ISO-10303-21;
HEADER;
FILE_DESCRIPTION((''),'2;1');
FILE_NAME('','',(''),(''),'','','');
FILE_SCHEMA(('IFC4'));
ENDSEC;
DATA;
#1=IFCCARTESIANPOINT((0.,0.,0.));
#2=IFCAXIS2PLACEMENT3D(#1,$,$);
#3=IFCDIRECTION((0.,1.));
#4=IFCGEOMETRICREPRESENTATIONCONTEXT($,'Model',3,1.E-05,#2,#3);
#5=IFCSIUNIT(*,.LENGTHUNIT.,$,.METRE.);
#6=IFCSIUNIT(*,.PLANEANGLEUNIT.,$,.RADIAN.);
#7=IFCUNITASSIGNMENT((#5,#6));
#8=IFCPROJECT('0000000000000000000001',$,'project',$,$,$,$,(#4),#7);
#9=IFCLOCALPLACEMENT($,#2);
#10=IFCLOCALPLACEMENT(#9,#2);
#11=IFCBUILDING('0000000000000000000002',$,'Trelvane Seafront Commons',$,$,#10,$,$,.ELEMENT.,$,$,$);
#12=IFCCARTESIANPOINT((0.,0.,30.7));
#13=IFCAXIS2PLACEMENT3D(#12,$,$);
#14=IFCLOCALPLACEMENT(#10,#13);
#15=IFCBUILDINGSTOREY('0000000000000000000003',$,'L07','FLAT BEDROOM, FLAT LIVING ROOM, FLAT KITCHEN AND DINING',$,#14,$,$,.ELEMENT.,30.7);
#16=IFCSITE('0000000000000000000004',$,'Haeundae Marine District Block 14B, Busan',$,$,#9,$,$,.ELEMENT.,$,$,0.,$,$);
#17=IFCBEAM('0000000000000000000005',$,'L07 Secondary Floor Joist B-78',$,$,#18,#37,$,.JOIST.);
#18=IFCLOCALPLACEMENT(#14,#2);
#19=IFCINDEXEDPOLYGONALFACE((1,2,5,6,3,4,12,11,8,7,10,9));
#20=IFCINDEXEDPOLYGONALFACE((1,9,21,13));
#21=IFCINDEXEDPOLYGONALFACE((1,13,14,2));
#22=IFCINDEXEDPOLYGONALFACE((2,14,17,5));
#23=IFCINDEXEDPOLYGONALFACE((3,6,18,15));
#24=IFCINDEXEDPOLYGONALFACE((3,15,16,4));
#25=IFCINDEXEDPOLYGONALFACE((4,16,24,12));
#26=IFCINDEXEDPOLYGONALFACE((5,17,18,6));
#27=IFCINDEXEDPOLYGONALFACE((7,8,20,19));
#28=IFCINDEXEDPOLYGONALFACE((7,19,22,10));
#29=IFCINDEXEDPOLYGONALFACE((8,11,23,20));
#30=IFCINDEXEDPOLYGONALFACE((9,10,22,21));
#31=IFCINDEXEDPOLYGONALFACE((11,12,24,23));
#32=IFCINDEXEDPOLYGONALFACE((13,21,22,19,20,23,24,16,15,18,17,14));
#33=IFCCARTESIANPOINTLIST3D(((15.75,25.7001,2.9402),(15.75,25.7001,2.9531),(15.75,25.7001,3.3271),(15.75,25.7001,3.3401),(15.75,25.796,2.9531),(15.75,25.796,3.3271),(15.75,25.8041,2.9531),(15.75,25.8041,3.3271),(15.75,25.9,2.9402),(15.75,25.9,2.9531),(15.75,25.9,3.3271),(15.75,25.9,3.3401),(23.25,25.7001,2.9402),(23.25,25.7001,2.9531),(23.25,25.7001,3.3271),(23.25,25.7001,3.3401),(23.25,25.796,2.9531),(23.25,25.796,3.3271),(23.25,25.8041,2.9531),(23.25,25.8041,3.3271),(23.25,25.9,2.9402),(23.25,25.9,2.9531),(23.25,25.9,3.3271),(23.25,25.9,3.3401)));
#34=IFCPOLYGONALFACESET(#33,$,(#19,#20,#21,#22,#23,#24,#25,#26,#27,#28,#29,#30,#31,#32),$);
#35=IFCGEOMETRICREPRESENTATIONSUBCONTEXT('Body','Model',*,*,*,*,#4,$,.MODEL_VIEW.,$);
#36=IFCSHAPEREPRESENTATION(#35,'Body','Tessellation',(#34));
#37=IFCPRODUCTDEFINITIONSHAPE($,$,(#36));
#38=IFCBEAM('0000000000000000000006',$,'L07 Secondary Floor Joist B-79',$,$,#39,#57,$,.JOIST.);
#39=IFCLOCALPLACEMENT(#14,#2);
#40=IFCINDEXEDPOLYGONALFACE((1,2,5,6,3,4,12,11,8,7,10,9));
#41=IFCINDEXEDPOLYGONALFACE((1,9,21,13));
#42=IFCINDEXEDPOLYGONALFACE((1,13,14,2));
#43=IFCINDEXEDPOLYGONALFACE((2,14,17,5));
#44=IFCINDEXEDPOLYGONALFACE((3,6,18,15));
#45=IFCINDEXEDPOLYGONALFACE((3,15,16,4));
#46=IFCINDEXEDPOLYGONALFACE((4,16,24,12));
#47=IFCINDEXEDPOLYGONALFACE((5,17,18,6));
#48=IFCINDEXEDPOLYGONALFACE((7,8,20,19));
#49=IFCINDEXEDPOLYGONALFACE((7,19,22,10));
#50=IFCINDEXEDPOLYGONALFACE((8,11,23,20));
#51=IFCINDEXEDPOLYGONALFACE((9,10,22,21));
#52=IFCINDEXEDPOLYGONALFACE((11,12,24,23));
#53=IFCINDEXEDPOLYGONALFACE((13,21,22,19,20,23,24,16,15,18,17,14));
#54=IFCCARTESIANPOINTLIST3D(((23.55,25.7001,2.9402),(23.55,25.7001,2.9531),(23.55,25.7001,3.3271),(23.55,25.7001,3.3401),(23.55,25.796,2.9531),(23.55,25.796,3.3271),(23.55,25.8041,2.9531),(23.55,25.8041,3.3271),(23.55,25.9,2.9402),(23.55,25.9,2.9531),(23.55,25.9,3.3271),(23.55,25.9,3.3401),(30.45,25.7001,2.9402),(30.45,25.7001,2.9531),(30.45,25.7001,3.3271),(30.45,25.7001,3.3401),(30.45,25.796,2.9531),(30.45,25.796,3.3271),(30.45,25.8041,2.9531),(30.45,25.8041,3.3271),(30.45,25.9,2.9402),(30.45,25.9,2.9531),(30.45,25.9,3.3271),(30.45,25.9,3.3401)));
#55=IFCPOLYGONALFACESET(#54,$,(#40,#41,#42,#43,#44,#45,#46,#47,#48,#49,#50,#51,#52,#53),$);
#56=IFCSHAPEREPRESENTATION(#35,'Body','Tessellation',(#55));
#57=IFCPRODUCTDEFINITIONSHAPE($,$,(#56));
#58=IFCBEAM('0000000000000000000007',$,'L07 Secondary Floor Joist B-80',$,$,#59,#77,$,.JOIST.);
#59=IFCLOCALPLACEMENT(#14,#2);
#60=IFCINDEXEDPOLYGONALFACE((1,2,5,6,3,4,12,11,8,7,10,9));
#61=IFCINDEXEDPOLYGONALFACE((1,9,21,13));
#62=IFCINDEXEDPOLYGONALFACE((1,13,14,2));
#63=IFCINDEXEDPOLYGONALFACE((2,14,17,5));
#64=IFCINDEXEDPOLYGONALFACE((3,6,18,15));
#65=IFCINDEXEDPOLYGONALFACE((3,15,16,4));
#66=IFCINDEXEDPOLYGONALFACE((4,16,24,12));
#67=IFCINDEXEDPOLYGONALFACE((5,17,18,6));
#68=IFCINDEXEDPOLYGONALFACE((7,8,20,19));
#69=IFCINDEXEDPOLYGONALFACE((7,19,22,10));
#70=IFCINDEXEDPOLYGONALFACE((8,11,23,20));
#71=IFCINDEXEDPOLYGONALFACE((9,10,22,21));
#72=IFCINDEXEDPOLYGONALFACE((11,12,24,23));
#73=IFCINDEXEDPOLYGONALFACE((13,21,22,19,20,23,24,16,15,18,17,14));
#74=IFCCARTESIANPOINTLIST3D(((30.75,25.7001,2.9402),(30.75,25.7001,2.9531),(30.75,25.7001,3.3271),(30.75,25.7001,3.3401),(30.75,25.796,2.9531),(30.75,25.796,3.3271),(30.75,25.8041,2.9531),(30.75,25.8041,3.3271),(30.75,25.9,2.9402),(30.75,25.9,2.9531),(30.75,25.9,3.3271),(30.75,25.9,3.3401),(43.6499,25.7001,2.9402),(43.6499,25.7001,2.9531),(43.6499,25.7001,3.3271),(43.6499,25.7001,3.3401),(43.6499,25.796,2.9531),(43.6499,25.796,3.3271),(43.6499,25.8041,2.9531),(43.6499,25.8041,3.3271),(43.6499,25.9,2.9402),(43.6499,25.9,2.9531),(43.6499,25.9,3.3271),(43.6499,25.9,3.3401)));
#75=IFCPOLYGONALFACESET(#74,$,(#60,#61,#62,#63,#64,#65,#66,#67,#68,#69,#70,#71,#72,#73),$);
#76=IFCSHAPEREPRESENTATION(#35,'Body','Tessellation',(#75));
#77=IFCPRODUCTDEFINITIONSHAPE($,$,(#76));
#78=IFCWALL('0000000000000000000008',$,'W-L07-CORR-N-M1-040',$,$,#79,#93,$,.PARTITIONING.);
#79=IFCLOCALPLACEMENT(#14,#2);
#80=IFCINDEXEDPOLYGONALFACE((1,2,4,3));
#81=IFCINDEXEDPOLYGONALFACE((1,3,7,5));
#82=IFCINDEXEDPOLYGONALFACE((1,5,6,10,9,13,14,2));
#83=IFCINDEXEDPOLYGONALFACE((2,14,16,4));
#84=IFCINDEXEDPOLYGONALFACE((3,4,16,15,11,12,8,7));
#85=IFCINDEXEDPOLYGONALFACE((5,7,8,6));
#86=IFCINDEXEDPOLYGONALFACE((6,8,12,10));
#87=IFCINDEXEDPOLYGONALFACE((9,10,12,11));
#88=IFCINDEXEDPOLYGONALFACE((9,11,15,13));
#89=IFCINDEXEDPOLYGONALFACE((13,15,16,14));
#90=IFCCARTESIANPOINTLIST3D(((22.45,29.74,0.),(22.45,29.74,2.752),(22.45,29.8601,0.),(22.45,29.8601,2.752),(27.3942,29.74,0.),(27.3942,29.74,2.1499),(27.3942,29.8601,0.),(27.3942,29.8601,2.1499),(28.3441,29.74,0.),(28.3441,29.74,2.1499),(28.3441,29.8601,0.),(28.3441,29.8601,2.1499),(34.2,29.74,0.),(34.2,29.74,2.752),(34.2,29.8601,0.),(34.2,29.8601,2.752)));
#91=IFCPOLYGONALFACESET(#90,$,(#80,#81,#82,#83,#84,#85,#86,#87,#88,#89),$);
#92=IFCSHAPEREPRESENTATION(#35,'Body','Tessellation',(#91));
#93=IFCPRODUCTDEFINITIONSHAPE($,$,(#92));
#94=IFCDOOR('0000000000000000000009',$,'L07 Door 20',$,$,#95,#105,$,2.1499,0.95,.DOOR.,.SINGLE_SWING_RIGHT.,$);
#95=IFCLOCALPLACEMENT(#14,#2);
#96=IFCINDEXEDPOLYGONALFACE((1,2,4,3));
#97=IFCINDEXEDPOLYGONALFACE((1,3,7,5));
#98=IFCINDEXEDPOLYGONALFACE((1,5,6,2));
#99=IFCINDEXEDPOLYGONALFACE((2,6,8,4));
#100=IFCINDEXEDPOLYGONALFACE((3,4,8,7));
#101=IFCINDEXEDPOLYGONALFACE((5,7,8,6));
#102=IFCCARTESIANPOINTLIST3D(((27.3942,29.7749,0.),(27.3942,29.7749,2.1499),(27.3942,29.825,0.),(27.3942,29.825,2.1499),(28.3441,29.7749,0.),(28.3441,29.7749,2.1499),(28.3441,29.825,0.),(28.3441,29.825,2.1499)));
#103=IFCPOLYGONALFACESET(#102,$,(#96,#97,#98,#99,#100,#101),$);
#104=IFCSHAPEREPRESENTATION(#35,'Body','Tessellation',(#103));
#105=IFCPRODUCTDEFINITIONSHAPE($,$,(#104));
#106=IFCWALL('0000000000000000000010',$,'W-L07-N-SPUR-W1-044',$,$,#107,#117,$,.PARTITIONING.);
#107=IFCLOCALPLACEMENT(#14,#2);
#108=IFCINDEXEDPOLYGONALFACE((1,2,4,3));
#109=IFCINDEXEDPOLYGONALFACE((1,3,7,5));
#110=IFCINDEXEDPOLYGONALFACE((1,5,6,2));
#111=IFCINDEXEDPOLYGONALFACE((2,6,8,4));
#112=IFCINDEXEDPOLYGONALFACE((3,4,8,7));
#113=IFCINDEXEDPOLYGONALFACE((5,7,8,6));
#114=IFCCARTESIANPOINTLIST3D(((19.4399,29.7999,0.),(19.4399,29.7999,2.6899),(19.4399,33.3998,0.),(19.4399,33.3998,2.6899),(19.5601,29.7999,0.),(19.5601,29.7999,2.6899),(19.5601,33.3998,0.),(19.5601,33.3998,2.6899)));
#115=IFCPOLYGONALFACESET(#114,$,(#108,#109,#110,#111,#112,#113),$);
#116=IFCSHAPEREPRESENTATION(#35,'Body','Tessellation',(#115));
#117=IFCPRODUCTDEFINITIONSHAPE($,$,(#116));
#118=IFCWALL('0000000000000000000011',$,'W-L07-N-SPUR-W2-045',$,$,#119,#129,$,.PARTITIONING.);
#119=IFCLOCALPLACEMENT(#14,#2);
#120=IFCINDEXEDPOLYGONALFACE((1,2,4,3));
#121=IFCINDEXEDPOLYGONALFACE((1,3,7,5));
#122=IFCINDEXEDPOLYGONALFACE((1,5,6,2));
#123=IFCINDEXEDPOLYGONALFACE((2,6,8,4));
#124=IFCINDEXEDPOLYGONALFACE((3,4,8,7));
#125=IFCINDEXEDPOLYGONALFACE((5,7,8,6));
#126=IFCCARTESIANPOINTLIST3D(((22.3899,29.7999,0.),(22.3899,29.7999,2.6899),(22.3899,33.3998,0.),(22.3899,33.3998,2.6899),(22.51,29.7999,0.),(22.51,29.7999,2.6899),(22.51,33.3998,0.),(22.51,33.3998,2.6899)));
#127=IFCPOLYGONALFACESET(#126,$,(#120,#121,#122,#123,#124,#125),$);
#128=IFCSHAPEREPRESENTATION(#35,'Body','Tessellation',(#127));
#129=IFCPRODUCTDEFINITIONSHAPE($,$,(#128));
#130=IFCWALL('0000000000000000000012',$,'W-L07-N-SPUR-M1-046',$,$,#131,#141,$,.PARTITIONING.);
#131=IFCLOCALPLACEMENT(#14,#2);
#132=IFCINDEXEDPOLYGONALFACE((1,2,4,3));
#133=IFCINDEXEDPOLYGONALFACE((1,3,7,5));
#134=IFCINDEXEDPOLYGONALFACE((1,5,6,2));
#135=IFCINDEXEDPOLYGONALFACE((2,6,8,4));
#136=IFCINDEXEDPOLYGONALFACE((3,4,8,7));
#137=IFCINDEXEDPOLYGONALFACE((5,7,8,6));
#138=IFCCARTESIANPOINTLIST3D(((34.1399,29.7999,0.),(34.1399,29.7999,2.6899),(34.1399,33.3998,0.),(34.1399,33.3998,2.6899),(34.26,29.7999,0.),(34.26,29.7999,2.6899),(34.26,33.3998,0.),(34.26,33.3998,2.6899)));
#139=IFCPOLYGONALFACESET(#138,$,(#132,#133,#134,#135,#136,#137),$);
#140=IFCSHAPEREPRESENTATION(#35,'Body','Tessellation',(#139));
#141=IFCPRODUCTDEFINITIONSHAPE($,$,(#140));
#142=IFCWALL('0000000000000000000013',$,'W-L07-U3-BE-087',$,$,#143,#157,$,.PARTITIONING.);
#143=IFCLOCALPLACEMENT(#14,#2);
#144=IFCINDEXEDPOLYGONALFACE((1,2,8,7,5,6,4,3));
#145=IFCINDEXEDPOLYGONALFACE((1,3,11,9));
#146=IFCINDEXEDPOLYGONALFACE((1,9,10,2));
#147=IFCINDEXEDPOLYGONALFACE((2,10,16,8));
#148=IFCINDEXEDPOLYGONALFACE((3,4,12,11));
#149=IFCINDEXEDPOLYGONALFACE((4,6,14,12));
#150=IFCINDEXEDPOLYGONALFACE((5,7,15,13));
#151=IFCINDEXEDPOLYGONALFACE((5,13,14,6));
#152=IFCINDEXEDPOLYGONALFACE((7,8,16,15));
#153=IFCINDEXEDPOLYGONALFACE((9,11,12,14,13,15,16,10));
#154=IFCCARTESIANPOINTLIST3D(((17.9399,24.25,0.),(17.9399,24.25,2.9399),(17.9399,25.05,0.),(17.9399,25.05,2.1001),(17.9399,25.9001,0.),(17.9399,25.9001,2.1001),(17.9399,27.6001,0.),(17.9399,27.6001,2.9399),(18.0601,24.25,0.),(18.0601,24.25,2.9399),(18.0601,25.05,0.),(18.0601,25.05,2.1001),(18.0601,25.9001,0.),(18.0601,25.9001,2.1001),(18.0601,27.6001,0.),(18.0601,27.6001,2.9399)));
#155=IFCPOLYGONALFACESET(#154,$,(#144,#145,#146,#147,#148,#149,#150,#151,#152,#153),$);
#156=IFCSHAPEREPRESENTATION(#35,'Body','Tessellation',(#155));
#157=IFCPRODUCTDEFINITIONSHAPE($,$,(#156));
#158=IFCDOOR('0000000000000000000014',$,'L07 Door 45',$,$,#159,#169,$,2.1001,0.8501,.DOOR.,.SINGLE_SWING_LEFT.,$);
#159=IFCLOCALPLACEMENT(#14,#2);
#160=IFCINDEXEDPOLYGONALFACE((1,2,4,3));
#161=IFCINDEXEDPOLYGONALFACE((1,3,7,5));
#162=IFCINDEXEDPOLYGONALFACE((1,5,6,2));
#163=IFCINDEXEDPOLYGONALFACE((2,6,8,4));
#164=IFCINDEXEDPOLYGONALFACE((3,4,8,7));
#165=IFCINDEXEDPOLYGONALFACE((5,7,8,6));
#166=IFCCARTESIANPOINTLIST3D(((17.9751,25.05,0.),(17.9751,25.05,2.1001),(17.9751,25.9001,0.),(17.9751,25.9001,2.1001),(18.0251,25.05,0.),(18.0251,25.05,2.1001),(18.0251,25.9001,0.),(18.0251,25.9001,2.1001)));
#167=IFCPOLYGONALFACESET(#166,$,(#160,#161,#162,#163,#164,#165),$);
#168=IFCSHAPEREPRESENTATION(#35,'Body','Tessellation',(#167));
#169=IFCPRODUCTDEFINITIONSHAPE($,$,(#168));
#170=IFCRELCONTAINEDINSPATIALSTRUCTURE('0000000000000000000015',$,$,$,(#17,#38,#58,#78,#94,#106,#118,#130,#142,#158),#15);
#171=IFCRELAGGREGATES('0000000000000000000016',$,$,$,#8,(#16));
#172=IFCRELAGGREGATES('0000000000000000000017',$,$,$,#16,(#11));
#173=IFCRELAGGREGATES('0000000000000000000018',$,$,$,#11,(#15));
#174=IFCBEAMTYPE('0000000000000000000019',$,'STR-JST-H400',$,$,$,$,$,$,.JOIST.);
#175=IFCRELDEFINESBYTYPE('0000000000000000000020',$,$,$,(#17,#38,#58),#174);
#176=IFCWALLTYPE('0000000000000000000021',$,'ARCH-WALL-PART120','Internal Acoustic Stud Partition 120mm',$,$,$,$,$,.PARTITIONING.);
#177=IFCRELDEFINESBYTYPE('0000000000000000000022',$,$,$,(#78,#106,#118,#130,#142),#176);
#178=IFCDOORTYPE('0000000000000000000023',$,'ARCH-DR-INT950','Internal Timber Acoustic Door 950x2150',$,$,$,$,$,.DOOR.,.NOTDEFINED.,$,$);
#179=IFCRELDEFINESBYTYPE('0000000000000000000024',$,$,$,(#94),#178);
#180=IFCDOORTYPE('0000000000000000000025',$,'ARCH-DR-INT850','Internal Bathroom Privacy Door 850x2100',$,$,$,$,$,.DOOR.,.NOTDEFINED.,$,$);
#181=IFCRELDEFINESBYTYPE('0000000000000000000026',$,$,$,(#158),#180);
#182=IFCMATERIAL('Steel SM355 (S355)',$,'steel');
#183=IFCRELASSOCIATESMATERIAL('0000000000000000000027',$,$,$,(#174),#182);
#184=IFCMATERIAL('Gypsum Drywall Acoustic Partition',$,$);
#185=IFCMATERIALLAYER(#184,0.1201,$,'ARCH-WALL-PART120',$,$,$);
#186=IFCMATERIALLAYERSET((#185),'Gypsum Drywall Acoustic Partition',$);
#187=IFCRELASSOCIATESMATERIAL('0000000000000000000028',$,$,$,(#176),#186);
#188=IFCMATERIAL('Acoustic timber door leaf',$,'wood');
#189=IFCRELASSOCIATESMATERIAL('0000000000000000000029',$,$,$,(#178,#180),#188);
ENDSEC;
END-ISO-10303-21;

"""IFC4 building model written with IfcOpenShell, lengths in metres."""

from ifc_helpers import new_model, si_unit, direction, frame, frame_2d, origin, origin_2d, place, context, subcontext, project, spatial, rectangle, i_section, extrude, source, transform, mapped, material, layer, layer_set, material_profile, profile_set, type_object, element, fill, save


model = new_model("IFC4")

# Units and contexts
model_context = context("Model", 3, precision=1e-05, world=origin(), true_north=direction((0.0, 1.0)))
body_context = subcontext(model_context, "Body", "Model", "MODEL_VIEW")
ifc_project = project(units=[si_unit("LENGTHUNIT", "METRE"), si_unit("PLANEANGLEUNIT", "RADIAN")], contexts=[model_context])

# Site, building, storey
site_placement = place(None, origin())
site = spatial("IfcSite", under=ifc_project, at=site_placement, Name="Haeundae Marine District Block 14B, Busan", CompositionType="ELEMENT", RefElevation=0.0)
building_placement = place(site_placement, origin())
building = spatial("IfcBuilding", under=site, at=building_placement, Name="Trelvane Seafront Commons", CompositionType="ELEMENT")
storey_placement = place(building_placement, frame((0.0, 0.0, 30.7)))
storey = spatial("IfcBuildingStorey", under=building, at=storey_placement, Name="L07", Description="FLAT BEDROOM, FLAT LIVING ROOM, FLAT KITCHEN AND DINING", CompositionType="ELEMENT", Elevation=30.7)

# Beams
ifc_material_1 = material(Name="Steel SM355 (S355)", Category="steel")
ifc_material_profile = material_profile(ifc_material_1, i_section(OverallWidth=0.2, OverallDepth=0.3999, WebThickness=0.0081, FlangeThickness=0.0129, at=origin_2d()), Name="H-400x200x8x13")
ifc_profile_set = profile_set([ifc_material_profile], Name="Steel SM355 (S355)")
beam_type = type_object("IfcBeamType", Name="STR-JST-H400", PredefinedType="JOIST", material=ifc_profile_set)
shared_shape_1 = source(origin(), body_context, "Body", "SweptSolid", [
    extrude(i_section(OverallWidth=0.2, OverallDepth=0.3999, WebThickness=0.0081, FlangeThickness=0.0129, at=origin_2d()), origin(), (0.0, 0.0, 1.0), 7.5),
])
beam_1_placement = place(storey_placement, frame((15.75, 25.8, 3.1401), z_axis=(1.0, 0.0, 0.0), x_axis=(0.0, 1.0, 0.0)))
element("IfcBeam", 1, at=beam_1_placement, inside=storey, type_object=beam_type, Name="L07 Secondary Floor Joist B-78", PredefinedType="JOIST", context=body_context, shape_type="MappedRepresentation", body=[
    mapped(shared_shape_1, transform((0.0, 0.0, 0.0), x_axis=(1.0, 0.0, 0.0), y_axis=(0.0, 1.0, 0.0), z_axis=(0.0, 0.0, 1.0), scale=1.0)),
])
shared_shape_2 = source(origin(), body_context, "Body", "SweptSolid", [
    extrude(i_section(OverallWidth=0.2, OverallDepth=0.3999, WebThickness=0.0081, FlangeThickness=0.0129, at=origin_2d()), origin(), (0.0, 0.0, 1.0), 6.8999),
])
beam_2_placement = place(storey_placement, frame((23.55, 25.8, 3.1401), z_axis=(1.0, 0.0, 0.0), x_axis=(0.0, 1.0, 0.0)))
element("IfcBeam", 2, at=beam_2_placement, inside=storey, type_object=beam_type, Name="L07 Secondary Floor Joist B-79", PredefinedType="JOIST", context=body_context, shape_type="MappedRepresentation", body=[
    mapped(shared_shape_2, transform((0.0, 0.0, 0.0), x_axis=(1.0, 0.0, 0.0), y_axis=(0.0, 1.0, 0.0), z_axis=(0.0, 0.0, 1.0), scale=1.0)),
])
shared_shape_3 = source(origin(), body_context, "Body", "SweptSolid", [
    extrude(i_section(OverallWidth=0.2, OverallDepth=0.3999, WebThickness=0.0081, FlangeThickness=0.0129, at=origin_2d()), origin(), (0.0, 0.0, 1.0), 12.8999),
])
beam_3_placement = place(storey_placement, frame((30.75, 25.8, 3.1401), z_axis=(1.0, 0.0, 0.0), x_axis=(0.0, 1.0, 0.0)))
element("IfcBeam", 3, at=beam_3_placement, inside=storey, type_object=beam_type, Name="L07 Secondary Floor Joist B-80", PredefinedType="JOIST", context=body_context, shape_type="MappedRepresentation", body=[
    mapped(shared_shape_3, transform((0.0, 0.0, 0.0), x_axis=(1.0, 0.0, 0.0), y_axis=(0.0, 1.0, 0.0), z_axis=(0.0, 0.0, 1.0), scale=1.0)),
])

# Wall, opening, door
ifc_material_2 = material(Name="Gypsum Drywall Acoustic Partition")
ifc_layer_1 = layer(ifc_material_2, 0.1201, Name="ARCH-WALL-PART120")
ifc_layer_set_1 = layer_set([ifc_layer_1], Name="Gypsum Drywall Acoustic Partition")
wall_type_1 = type_object("IfcWallType", Name="ARCH-WALL-PART120", Description="Internal Acoustic Stud Partition 120mm", PredefinedType="PARTITIONING", material=ifc_layer_set_1)
wall_1_placement = place(storey_placement, frame((22.45, 29.8, 0.0), z_axis=(0.0, 0.0, 1.0), x_axis=(1.0, 0.0, 0.0)))
wall_1 = element("IfcWall", 4, at=wall_1_placement, inside=storey, type_object=wall_type_1, Name="W-L07-CORR-N-M1-040", PredefinedType="PARTITIONING", context=body_context, shape_type="SweptSolid", body=[
    extrude(rectangle(XDim=11.75, YDim=0.1201, at=frame_2d((5.875, 0.0))), origin(), (0.0, 0.0, 1.0), 2.752),
])
opening_1_placement = place(wall_1_placement, frame((4.9441, 0.0, 0.0)))
opening_1 = element("IfcOpeningElement", 5, at=opening_1_placement, cuts=wall_1, PredefinedType="OPENING", context=body_context, shape_type="SweptSolid", body=[
    extrude(rectangle(XDim=0.95, YDim=2.1499, at=frame_2d((0.4751, 1.075))), frame((0.0, 0.0701, 0.0), z_axis=(0.0, -1.0, 0.0), x_axis=(1.0, 0.0, 0.0)), (0.0, 0.0, 1.0), 0.1401),
])
ifc_material_3 = material(Name="Acoustic timber door leaf", Category="wood")
door_type_1 = type_object("IfcDoorType", Name="ARCH-DR-INT950", Description="Internal Timber Acoustic Door 950x2150", OperationType="NOTDEFINED", PredefinedType="DOOR", material=ifc_material_3)
shared_shape_4 = source(origin(), body_context, "Body", "SweptSolid", [
    extrude(rectangle(XDim=0.95, YDim=2.1499, at=frame_2d((0.4751, 1.075))), frame((0.0, 0.0249, 0.0), z_axis=(0.0, -1.0, 0.0), x_axis=(1.0, 0.0, 0.0)), (0.0, 0.0, 1.0), 0.05),
])
door_1_placement = place(opening_1_placement, origin())
door_1 = element("IfcDoor", 6, at=door_1_placement, inside=storey, type_object=door_type_1, Name="L07 Door 20", OperationType="SINGLE_SWING_RIGHT", OverallHeight=2.1499, OverallWidth=0.95, PredefinedType="DOOR", context=body_context, shape_type="MappedRepresentation", body=[
    mapped(shared_shape_4, transform((0.0, 0.0, 0.0), x_axis=(1.0, 0.0, 0.0), y_axis=(0.0, 1.0, 0.0), z_axis=(0.0, 0.0, 1.0), scale=1.0)),
])
fill(opening_1, door_1)

# Walls
for number, where, z_axis, x_axis, name in (
    (7, (19.5, 29.8, 0.0), (0.0, 0.0, 1.0), (0.0, 1.0, 0.0), "W-L07-N-SPUR-W1-044"),
    (8, (22.45, 29.8, 0.0), (0.0, 0.0, 1.0), (0.0, 1.0, 0.0), "W-L07-N-SPUR-W2-045"),
    (9, (34.2, 29.8, 0.0), (0.0, 0.0, 1.0), (0.0, 1.0, 0.0), "W-L07-N-SPUR-M1-046"),
):
    element("IfcWall", number, at=place(storey_placement, frame(where, z_axis=z_axis, x_axis=x_axis)), inside=storey, type_object=wall_type_1, Name=name, PredefinedType="PARTITIONING", context=body_context, shape_type="SweptSolid", body=[
        extrude(rectangle(XDim=3.5999, YDim=0.1201, at=frame_2d((1.7998, 0.0))), origin(), (0.0, 0.0, 1.0), 2.6899),
    ])

# Wall, opening, door
wall_2_placement = place(storey_placement, frame((18.0, 24.25, 0.0), z_axis=(0.0, 0.0, 1.0), x_axis=(0.0, 1.0, 0.0)))
wall_2 = element("IfcWall", 10, at=wall_2_placement, inside=storey, type_object=wall_type_1, Name="W-L07-U3-BE-087", PredefinedType="PARTITIONING", context=body_context, shape_type="SweptSolid", body=[
    extrude(rectangle(XDim=3.3501, YDim=0.1201, at=frame_2d((1.675, 0.0))), origin(), (0.0, 0.0, 1.0), 2.9399),
])
opening_2_placement = place(wall_2_placement, frame((0.8, 0.0, 0.0)))
opening_2 = element("IfcOpeningElement", 11, at=opening_2_placement, cuts=wall_2, PredefinedType="OPENING", context=body_context, shape_type="SweptSolid", body=[
    extrude(rectangle(XDim=0.8501, YDim=2.1001, at=frame_2d((0.425, 1.05))), frame((0.0, 0.0701, 0.0), z_axis=(0.0, -1.0, 0.0), x_axis=(1.0, 0.0, 0.0)), (0.0, 0.0, 1.0), 0.1401),
])
door_type_2 = type_object("IfcDoorType", Name="ARCH-DR-INT850", Description="Internal Bathroom Privacy Door 850x2100", OperationType="NOTDEFINED", PredefinedType="DOOR", material=ifc_material_3)
shared_shape_5 = source(origin(), body_context, "Body", "SweptSolid", [
    extrude(rectangle(XDim=0.8501, YDim=2.1001, at=frame_2d((0.425, 1.05))), frame((0.0, 0.0249, 0.0), z_axis=(0.0, -1.0, 0.0), x_axis=(1.0, 0.0, 0.0)), (0.0, 0.0, 1.0), 0.05),
])
door_2_placement = place(opening_2_placement, origin())
door_2 = element("IfcDoor", 12, at=door_2_placement, inside=storey, type_object=door_type_2, Name="L07 Door 45", OperationType="SINGLE_SWING_LEFT", OverallHeight=2.1001, OverallWidth=0.8501, PredefinedType="DOOR", context=body_context, shape_type="MappedRepresentation", body=[
    mapped(shared_shape_5, transform((0.0, 0.0, 0.0), x_axis=(1.0, 0.0, 0.0), y_axis=(0.0, 1.0, 0.0), z_axis=(0.0, 0.0, 1.0), scale=1.0)),
])
fill(opening_2, door_2)

save(model, "model.ifc")
